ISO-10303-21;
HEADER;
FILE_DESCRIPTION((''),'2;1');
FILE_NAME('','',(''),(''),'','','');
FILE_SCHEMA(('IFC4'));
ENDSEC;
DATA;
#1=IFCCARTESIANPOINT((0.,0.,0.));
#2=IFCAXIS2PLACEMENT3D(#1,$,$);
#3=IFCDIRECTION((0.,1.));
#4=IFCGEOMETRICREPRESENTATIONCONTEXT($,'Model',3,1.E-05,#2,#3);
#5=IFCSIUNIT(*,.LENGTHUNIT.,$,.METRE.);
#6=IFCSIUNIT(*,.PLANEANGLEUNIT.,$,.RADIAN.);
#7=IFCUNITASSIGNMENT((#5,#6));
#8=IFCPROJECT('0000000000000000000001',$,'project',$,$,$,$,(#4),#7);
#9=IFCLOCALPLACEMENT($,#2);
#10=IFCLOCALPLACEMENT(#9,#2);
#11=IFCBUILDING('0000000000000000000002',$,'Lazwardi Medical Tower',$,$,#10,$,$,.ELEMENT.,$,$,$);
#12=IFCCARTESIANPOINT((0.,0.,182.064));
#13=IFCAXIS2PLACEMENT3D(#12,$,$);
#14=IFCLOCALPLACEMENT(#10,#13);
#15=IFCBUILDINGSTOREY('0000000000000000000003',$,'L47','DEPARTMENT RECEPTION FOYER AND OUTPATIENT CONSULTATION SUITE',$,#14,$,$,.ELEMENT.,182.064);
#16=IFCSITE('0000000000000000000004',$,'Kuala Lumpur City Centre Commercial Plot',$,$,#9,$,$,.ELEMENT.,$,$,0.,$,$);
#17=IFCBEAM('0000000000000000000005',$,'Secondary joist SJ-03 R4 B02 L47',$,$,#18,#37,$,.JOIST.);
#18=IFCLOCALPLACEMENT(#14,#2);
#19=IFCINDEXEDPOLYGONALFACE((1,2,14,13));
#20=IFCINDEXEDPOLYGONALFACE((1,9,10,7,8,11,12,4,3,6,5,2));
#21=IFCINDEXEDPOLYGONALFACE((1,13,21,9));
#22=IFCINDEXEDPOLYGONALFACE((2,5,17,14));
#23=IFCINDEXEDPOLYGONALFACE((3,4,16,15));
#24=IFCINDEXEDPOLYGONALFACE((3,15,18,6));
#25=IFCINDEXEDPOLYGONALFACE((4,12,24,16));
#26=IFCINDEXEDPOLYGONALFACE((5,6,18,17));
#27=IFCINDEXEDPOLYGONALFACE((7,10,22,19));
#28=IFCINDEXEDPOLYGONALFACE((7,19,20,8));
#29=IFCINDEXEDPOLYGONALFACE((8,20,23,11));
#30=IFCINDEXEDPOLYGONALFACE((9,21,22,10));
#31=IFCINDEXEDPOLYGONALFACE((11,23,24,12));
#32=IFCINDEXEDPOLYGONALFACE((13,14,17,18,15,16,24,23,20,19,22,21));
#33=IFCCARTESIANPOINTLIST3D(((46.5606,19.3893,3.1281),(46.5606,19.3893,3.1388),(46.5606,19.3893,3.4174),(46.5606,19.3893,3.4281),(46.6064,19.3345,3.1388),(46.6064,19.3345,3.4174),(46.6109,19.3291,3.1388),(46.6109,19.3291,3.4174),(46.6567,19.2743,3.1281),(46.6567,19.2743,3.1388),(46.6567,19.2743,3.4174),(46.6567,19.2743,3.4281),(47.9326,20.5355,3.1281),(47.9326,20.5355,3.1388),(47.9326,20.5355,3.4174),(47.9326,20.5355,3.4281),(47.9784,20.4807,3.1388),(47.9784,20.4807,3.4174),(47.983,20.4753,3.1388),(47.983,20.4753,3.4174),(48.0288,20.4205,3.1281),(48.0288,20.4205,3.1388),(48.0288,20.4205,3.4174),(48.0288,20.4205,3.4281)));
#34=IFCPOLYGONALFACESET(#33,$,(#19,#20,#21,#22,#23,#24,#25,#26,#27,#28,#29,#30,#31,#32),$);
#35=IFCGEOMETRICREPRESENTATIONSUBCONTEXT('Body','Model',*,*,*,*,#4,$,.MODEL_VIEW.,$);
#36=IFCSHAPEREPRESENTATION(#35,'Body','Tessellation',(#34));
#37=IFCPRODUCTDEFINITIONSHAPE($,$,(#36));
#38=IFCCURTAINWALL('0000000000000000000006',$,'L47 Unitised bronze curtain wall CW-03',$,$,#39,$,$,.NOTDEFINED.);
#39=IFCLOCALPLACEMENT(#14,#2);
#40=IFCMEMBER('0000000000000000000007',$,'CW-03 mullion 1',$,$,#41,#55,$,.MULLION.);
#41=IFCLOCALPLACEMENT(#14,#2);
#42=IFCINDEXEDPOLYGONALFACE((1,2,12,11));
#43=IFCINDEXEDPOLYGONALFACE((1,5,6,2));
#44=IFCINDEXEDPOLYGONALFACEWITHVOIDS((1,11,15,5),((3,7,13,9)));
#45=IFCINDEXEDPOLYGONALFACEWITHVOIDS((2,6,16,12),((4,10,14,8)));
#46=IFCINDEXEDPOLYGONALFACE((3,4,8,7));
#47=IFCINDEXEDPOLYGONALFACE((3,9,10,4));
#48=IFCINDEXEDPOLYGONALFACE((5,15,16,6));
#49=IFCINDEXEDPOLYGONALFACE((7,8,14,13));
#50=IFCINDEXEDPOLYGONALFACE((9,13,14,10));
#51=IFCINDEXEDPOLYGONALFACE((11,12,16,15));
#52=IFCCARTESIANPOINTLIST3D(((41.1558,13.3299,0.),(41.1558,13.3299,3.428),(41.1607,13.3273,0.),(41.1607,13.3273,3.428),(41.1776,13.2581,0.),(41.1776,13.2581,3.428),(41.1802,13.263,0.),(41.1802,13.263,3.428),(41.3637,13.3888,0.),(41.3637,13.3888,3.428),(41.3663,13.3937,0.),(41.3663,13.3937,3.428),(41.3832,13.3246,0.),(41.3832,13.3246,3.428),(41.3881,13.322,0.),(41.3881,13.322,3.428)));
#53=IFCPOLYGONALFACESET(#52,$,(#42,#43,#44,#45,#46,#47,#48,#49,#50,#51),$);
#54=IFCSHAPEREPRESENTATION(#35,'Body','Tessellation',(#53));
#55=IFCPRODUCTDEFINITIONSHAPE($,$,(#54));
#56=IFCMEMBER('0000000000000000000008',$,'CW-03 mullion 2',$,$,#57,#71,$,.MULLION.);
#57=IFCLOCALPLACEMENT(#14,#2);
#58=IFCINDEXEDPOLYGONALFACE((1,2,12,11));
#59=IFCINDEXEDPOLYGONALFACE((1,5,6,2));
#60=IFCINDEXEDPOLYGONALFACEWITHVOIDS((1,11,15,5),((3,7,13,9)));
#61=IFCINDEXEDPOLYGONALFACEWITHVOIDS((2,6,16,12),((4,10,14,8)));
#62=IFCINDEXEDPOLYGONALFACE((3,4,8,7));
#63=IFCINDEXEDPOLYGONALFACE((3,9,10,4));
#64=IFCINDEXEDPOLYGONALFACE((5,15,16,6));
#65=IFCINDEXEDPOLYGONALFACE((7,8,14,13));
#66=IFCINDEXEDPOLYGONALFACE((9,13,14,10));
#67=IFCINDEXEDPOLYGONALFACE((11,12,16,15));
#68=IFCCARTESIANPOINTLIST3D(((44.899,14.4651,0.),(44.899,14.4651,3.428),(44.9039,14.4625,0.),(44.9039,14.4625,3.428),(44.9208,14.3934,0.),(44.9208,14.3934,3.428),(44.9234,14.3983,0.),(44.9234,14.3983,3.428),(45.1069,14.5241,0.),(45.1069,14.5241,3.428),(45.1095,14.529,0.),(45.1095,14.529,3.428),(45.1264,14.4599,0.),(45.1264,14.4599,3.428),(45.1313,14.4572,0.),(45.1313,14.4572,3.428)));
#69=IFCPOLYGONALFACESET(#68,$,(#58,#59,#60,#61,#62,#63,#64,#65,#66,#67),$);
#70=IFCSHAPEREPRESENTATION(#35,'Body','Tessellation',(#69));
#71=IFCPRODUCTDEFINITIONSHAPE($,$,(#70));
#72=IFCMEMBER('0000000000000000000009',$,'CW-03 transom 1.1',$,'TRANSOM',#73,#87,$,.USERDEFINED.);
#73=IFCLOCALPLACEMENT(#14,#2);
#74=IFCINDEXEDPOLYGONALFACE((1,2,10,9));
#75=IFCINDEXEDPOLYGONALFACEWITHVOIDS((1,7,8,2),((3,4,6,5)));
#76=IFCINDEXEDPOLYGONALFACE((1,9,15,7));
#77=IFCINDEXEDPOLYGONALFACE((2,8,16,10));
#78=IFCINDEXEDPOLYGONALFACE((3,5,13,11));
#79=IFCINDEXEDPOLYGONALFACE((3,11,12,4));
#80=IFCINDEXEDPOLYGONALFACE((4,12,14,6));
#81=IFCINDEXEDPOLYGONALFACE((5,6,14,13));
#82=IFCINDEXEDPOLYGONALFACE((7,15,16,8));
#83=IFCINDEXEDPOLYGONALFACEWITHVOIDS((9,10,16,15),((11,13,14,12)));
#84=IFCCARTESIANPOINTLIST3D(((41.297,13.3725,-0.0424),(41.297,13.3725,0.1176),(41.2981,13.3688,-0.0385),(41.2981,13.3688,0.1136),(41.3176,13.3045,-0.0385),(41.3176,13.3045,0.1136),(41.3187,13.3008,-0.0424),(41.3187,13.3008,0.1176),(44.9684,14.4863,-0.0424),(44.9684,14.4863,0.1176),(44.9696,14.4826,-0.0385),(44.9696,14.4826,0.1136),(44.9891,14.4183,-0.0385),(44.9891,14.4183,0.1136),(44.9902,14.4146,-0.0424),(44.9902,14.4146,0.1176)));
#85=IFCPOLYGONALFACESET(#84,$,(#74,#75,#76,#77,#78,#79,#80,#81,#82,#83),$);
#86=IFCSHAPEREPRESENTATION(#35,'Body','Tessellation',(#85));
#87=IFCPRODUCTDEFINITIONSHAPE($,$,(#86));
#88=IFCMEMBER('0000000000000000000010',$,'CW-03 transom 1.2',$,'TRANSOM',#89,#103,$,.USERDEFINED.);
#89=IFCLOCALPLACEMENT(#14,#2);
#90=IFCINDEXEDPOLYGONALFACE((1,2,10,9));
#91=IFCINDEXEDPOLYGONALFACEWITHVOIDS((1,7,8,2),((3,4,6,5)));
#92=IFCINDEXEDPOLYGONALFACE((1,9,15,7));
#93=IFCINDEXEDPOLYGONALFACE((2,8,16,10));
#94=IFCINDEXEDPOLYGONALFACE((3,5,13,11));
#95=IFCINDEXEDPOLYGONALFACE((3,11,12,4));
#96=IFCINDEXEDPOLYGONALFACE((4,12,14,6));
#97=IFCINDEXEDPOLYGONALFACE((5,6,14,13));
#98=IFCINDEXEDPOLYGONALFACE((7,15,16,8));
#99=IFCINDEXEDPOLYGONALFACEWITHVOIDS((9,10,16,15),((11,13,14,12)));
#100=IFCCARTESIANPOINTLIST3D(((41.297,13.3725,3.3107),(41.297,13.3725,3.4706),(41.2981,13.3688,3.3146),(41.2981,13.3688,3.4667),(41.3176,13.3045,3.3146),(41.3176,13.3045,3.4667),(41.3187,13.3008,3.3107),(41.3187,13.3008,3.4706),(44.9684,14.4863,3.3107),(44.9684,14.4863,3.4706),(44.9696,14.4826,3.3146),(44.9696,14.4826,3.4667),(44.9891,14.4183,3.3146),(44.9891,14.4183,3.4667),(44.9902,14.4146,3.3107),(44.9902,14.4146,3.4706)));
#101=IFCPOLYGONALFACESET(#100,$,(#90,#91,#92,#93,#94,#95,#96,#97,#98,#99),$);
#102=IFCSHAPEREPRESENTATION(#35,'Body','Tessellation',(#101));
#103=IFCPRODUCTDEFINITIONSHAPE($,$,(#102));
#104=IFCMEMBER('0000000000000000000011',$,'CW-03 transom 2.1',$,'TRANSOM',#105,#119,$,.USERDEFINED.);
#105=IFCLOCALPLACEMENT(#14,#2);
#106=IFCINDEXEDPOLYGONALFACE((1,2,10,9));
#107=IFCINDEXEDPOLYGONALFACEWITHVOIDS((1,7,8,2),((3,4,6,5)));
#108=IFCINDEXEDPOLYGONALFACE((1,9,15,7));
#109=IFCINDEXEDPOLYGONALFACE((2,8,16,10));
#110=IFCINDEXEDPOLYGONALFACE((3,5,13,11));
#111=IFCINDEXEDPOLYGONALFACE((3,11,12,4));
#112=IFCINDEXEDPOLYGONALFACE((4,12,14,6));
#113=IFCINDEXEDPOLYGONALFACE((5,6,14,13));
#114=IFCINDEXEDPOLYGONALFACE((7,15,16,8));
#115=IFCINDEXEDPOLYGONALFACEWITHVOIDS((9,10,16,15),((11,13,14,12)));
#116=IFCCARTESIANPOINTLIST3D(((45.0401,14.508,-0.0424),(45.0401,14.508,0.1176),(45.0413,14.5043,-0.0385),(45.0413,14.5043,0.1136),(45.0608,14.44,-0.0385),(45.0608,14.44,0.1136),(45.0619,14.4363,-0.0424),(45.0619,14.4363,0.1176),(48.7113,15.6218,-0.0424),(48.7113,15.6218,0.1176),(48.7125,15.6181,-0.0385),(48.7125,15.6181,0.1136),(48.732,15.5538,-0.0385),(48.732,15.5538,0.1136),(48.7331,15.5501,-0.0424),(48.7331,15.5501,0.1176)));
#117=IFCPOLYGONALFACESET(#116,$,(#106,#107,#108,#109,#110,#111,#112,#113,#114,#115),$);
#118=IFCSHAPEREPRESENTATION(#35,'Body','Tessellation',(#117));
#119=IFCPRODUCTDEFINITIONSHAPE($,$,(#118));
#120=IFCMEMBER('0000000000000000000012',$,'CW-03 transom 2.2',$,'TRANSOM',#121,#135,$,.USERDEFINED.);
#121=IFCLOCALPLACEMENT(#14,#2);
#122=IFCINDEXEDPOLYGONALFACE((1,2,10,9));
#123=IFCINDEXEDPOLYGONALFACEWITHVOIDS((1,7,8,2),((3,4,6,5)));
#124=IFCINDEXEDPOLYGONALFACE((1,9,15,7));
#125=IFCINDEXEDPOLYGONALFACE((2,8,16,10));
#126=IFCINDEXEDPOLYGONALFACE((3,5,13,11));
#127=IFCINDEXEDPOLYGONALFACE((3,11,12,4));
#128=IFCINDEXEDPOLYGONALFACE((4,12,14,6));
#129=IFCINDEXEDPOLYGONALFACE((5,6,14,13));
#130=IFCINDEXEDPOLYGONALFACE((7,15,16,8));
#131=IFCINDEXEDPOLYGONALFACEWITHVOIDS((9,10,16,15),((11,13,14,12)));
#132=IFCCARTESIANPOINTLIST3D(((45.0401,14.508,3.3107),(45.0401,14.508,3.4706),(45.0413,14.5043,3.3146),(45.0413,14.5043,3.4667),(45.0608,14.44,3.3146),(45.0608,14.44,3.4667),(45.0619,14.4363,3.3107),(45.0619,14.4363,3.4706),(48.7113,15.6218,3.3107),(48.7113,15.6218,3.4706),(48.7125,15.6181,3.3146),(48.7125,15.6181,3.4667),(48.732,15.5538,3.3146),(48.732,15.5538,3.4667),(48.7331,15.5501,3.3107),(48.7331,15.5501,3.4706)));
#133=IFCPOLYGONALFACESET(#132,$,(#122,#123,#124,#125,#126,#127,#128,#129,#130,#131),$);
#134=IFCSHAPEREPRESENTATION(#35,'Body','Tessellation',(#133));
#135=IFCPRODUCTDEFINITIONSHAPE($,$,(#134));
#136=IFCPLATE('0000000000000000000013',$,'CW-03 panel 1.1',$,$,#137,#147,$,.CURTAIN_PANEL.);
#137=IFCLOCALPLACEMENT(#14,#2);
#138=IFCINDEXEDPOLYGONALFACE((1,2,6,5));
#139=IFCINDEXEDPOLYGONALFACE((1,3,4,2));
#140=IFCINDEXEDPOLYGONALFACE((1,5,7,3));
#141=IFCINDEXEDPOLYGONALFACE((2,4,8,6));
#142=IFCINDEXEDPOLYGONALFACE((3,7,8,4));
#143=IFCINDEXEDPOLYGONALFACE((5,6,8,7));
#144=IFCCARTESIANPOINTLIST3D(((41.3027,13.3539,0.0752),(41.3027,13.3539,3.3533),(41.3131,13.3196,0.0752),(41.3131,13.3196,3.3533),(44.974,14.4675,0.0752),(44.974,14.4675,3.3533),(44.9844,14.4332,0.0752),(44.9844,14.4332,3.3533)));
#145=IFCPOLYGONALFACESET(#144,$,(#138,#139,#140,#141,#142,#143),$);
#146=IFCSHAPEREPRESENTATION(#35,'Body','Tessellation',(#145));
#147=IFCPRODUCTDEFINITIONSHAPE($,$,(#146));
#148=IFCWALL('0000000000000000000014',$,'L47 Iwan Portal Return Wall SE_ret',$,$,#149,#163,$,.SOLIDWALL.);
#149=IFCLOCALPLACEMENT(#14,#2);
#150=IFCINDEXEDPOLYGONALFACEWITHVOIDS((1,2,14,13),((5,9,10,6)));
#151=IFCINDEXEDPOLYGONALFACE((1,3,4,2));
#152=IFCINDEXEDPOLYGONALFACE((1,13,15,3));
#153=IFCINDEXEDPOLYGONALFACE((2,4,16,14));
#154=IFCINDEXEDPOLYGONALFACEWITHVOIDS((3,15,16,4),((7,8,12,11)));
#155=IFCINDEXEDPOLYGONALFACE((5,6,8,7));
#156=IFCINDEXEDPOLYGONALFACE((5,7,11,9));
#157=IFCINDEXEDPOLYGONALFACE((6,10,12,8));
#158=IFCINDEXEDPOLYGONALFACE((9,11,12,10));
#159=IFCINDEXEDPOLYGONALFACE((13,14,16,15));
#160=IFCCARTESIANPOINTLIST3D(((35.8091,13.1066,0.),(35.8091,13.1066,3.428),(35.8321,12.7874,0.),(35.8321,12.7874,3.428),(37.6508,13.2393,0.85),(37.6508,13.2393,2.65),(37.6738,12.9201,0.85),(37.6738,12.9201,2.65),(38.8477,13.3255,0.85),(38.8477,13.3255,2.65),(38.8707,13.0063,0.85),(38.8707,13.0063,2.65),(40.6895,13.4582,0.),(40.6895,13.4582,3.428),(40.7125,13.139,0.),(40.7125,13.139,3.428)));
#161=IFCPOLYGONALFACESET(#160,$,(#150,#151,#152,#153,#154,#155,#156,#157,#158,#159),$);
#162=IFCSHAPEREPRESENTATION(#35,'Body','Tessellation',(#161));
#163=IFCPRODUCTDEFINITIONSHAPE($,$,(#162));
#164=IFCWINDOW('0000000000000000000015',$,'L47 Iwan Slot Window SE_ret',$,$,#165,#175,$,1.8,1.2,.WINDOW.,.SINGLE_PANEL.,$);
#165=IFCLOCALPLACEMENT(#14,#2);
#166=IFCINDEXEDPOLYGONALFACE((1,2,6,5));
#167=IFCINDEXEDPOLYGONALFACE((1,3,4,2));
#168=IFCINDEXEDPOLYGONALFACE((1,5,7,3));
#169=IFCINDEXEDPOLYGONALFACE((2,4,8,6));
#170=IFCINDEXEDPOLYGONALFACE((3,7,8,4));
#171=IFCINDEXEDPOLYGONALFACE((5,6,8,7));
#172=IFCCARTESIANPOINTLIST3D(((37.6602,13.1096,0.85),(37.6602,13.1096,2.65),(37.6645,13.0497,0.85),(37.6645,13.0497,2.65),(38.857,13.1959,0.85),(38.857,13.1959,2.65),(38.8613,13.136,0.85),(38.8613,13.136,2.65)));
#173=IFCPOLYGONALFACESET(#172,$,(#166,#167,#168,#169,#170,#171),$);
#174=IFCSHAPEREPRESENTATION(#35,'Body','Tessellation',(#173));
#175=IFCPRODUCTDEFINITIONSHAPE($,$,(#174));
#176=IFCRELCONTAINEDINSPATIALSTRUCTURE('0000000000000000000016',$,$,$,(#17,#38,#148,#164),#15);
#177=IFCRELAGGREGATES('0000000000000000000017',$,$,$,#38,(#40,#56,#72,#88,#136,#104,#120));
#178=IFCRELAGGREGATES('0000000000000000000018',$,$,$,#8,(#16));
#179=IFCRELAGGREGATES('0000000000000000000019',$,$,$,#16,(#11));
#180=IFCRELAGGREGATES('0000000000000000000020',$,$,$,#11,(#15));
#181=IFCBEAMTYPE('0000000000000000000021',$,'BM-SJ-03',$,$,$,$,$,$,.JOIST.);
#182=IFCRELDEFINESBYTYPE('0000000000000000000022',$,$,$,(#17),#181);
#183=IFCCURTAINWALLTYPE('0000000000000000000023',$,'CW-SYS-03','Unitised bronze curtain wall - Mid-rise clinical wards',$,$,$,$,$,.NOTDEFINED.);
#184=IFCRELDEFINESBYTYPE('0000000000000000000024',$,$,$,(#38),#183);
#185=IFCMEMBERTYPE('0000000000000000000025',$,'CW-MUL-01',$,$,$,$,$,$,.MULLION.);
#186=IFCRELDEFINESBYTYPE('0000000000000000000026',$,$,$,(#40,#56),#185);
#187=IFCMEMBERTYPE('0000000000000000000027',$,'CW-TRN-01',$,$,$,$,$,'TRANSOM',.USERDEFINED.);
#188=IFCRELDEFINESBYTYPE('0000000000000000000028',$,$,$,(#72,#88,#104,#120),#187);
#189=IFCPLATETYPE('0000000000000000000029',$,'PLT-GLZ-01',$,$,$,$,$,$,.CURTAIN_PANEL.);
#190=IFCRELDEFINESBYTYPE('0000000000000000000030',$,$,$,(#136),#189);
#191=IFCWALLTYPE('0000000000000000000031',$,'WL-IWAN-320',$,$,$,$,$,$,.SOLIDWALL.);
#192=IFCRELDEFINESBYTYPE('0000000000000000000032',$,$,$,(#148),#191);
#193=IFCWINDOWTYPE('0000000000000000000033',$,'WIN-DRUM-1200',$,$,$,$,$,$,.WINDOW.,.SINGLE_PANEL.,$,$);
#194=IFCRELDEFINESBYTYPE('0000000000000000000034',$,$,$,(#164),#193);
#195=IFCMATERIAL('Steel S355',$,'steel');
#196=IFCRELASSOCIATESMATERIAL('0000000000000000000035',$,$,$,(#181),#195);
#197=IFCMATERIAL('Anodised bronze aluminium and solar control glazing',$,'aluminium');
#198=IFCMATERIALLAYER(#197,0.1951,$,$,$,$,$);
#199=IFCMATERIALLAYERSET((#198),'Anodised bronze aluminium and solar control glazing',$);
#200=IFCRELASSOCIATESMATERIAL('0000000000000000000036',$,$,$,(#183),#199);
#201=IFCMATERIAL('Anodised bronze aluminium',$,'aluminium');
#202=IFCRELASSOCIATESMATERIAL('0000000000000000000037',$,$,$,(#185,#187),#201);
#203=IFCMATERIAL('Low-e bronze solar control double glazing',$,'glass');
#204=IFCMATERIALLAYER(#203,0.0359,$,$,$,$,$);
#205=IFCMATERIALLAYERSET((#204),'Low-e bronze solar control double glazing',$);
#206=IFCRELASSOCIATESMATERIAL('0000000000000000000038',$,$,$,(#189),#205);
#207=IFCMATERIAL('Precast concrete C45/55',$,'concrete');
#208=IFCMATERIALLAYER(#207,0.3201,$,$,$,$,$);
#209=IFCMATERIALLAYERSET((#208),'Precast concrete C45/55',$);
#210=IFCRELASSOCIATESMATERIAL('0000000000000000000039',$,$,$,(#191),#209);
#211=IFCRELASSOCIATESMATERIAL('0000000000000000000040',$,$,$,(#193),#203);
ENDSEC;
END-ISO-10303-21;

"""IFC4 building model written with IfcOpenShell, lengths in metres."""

from ifc_helpers import new_model, si_unit, direction, frame, frame_2d, origin, origin_2d, place, context, subcontext, project, spatial, rectangle, hollow_rectangle, i_section, extrude, material, layer, layer_set, material_profile, profile_set, type_object, element, fill, aggregate, save


model = new_model("IFC4")

# Units and contexts
model_context = context("Model", 3, precision=1e-05, world=origin(), true_north=direction((0.0, 1.0)))
body_context = subcontext(model_context, "Body", "Model", "MODEL_VIEW")
ifc_project = project(units=[si_unit("LENGTHUNIT", "METRE"), si_unit("PLANEANGLEUNIT", "RADIAN")], contexts=[model_context])

# Site, building, storey
site_placement = place(None, origin())
site = spatial("IfcSite", under=ifc_project, at=site_placement, Name="Kuala Lumpur City Centre Commercial Plot", CompositionType="ELEMENT", RefElevation=0.0)
building_placement = place(site_placement, origin())
building = spatial("IfcBuilding", under=site, at=building_placement, Name="Lazwardi Medical Tower", CompositionType="ELEMENT")
storey_placement = place(building_placement, frame((0.0, 0.0, 182.064)))
storey = spatial("IfcBuildingStorey", under=building, at=storey_placement, Name="L47", Description="DEPARTMENT RECEPTION FOYER AND OUTPATIENT CONSULTATION SUITE", CompositionType="ELEMENT", Elevation=182.064)

# Beam
ifc_material_1 = material(Name="Steel S355", Category="steel")
ifc_material_profile_1 = material_profile(ifc_material_1, i_section(OverallWidth=0.1499, OverallDepth=0.3, WebThickness=0.0071, FlangeThickness=0.0107, at=origin_2d()), Name="IPE 300")
ifc_profile_set_1 = profile_set([ifc_material_profile_1], Name="Steel S355")
beam_type_1 = type_object("IfcBeamType", Name="BM-SJ-03", PredefinedType="JOIST", material=ifc_profile_set_1)
beam_1_placement = place(storey_placement, frame((46.6086, 19.3318, 3.2781), z_axis=(0.767437, 0.641124, 0.0), x_axis=(-0.641124, 0.767437, 0.0)))
element("IfcBeam", 1, at=beam_1_placement, inside=storey, type_object=beam_type_1, Name="Secondary joist SJ-03 R4 B02 L47", PredefinedType="JOIST", context=body_context, shape_type="SweptSolid", body=[
    extrude(i_section(OverallWidth=0.1499, OverallDepth=0.3, WebThickness=0.0071, FlangeThickness=0.0107, at=origin_2d()), origin(), (0.0, 0.0, 1.0), 1.7878),
])

# Curtain wall, members, plate
ifc_material_2 = material(Name="Anodised bronze aluminium and solar control glazing", Category="aluminium")
ifc_layer_1 = layer(ifc_material_2, 0.1951)
ifc_layer_set_1 = layer_set([ifc_layer_1], Name="Anodised bronze aluminium and solar control glazing")
curtain_wall_type = type_object("IfcCurtainWallType", Name="CW-SYS-03", Description="Unitised bronze curtain wall - Mid-rise clinical wards", PredefinedType="NOTDEFINED", material=ifc_layer_set_1)
curtain_wall_placement = place(storey_placement, origin())
curtain_wall = element("IfcCurtainWall", 2, at=curtain_wall_placement, inside=storey, type_object=curtain_wall_type, Name="L47 Unitised bronze curtain wall CW-03", PredefinedType="NOTDEFINED")
ifc_material_3 = material(Name="Anodised bronze aluminium", Category="aluminium")
ifc_material_profile_2 = material_profile(ifc_material_3, hollow_rectangle(XDim=0.075, YDim=0.22, WallThickness=0.0039, at=origin_2d()), Name="ALU-MULLION 220x75x4")
ifc_profile_set_2 = profile_set([ifc_material_profile_2], Name="Anodised bronze aluminium")
member_type_1 = type_object("IfcMemberType", Name="CW-MUL-01", PredefinedType="MULLION", material=ifc_profile_set_2)
member_1_placement = place(storey_placement, frame((41.272, 13.3259, 0.0), z_axis=(0.0, 0.0, 1.0), x_axis=(-0.290281, 0.956942, 0.0)))
member_1 = element("IfcMember", 3, at=member_1_placement, type_object=member_type_1, Name="CW-03 mullion 1", PredefinedType="MULLION", context=body_context, shape_type="SweptSolid", body=[
    extrude(hollow_rectangle(XDim=0.075, YDim=0.22, WallThickness=0.0039, at=origin_2d()), origin(), (0.0, 0.0, 1.0), 3.428),
])
member_2_placement = place(storey_placement, frame((45.0151, 14.4612, 0.0), z_axis=(0.0, 0.0, 1.0), x_axis=(-0.290281, 0.956942, 0.0)))
member_2 = element("IfcMember", 4, at=member_2_placement, type_object=member_type_1, Name="CW-03 mullion 2", PredefinedType="MULLION", context=body_context, shape_type="SweptSolid", body=[
    extrude(hollow_rectangle(XDim=0.075, YDim=0.22, WallThickness=0.0039, at=origin_2d()), origin(), (0.0, 0.0, 1.0), 3.428),
])
ifc_material_profile_3 = material_profile(ifc_material_3, hollow_rectangle(XDim=0.075, YDim=0.1599, WallThickness=0.0039, at=origin_2d()), Name="ALU-TRANSOM 160x75x4")
ifc_profile_set_3 = profile_set([ifc_material_profile_3], Name="Anodised bronze aluminium")
member_type_2 = type_object("IfcMemberType", Name="CW-TRN-01", ElementType="TRANSOM", PredefinedType="USERDEFINED", material=ifc_profile_set_3)
member_3_placement = place(storey_placement, frame((41.3079, 13.3367, 0.0376), z_axis=(0.956936, 0.290301, 0.0), x_axis=(-0.290301, 0.956936, 0.0)))
member_3 = element("IfcMember", 5, at=member_3_placement, type_object=member_type_2, Name="CW-03 transom 1.1", ObjectType="TRANSOM", PredefinedType="USERDEFINED", context=body_context, shape_type="SweptSolid", body=[
    extrude(hollow_rectangle(XDim=0.075, YDim=0.1599, WallThickness=0.0039, at=origin_2d()), origin(), (0.0, 0.0, 1.0), 3.8367),
])
member_4_placement = place(storey_placement, frame((41.3079, 13.3367, 3.3906), z_axis=(0.956936, 0.290301, 0.0), x_axis=(-0.290301, 0.956936, 0.0)))
member_4 = element("IfcMember", 6, at=member_4_placement, type_object=member_type_2, Name="CW-03 transom 1.2", ObjectType="TRANSOM", PredefinedType="USERDEFINED", context=body_context, shape_type="SweptSolid", body=[
    extrude(hollow_rectangle(XDim=0.075, YDim=0.1599, WallThickness=0.0039, at=origin_2d()), origin(), (0.0, 0.0, 1.0), 3.8367),
])
member_5_placement = place(storey_placement, frame((45.051, 14.4722, 0.0376), z_axis=(0.95693, 0.290318, 0.0), x_axis=(-0.290318, 0.95693, 0.0)))
member_5 = element("IfcMember", 7, at=member_5_placement, type_object=member_type_2, Name="CW-03 transom 2.1", ObjectType="TRANSOM", PredefinedType="USERDEFINED", context=body_context, shape_type="SweptSolid", body=[
    extrude(hollow_rectangle(XDim=0.075, YDim=0.1599, WallThickness=0.0039, at=origin_2d()), origin(), (0.0, 0.0, 1.0), 3.8364),
])
member_6_placement = place(storey_placement, frame((45.051, 14.4722, 3.3906), z_axis=(0.95693, 0.290318, 0.0), x_axis=(-0.290318, 0.95693, 0.0)))
member_6 = element("IfcMember", 8, at=member_6_placement, type_object=member_type_2, Name="CW-03 transom 2.2", ObjectType="TRANSOM", PredefinedType="USERDEFINED", context=body_context, shape_type="SweptSolid", body=[
    extrude(hollow_rectangle(XDim=0.075, YDim=0.1599, WallThickness=0.0039, at=origin_2d()), origin(), (0.0, 0.0, 1.0), 3.8364),
])
ifc_material_4 = material(Name="Low-e bronze solar control double glazing", Category="glass")
ifc_layer_2 = layer(ifc_material_4, 0.0359)
ifc_layer_set_2 = layer_set([ifc_layer_2], Name="Low-e bronze solar control double glazing")
plate_type = type_object("IfcPlateType", Name="PLT-GLZ-01", PredefinedType="CURTAIN_PANEL", material=ifc_layer_set_2)
plate_placement = place(storey_placement, frame((43.1436, 13.8936, 0.0752), z_axis=(0.0, 0.0, 1.0), x_axis=(0.956942, 0.290281, 0.0)))
plate = element("IfcPlate", 9, at=plate_placement, type_object=plate_type, Name="CW-03 panel 1.1", PredefinedType="CURTAIN_PANEL", context=body_context, shape_type="SweptSolid", body=[
    extrude(rectangle(XDim=3.8364, YDim=0.0359, at=origin_2d()), origin(), (0.0, 0.0, 1.0), 3.2781),
])
aggregate(curtain_wall, [member_1, member_2, member_3, member_4, plate, member_5, member_6])

# Wall, opening, window
ifc_material_5 = material(Name="Precast concrete C45/55", Category="concrete")
ifc_layer_3 = layer(ifc_material_5, 0.3201)
ifc_layer_set_3 = layer_set([ifc_layer_3], Name="Precast concrete C45/55")
wall_type = type_object("IfcWallType", Name="WL-IWAN-320", PredefinedType="SOLIDWALL", material=ifc_layer_set_3)
wall_1_placement = place(storey_placement, frame((35.8206, 12.947, 0.0), z_axis=(0.0, 0.0, 1.0), x_axis=(0.997415, 0.07185, 0.0)))
wall_1 = element("IfcWall", 10, at=wall_1_placement, inside=storey, type_object=wall_type, Name="L47 Iwan Portal Return Wall SE_ret", PredefinedType="SOLIDWALL", context=body_context, shape_type="SweptSolid", body=[
    extrude(rectangle(XDim=4.8931, YDim=0.3201, at=frame_2d((2.4465, 0.0))), origin(), (0.0, 0.0, 1.0), 3.428),
])
opening_1_placement = place(wall_1_placement, frame((1.8464, 0.0, 0.8501)))
opening_1 = element("IfcOpeningElement", 11, at=opening_1_placement, cuts=wall_1, PredefinedType="OPENING", context=body_context, shape_type="SweptSolid", body=[
    extrude(rectangle(XDim=1.2, YDim=1.8, at=frame_2d((0.6001, 0.8999))), frame((0.0, 0.1699, 0.0), z_axis=(0.0, -1.0, 0.0), x_axis=(1.0, 0.0, 0.0)), (0.0, 0.0, 1.0), 0.3401),
])
window_type_1 = type_object("IfcWindowType", Name="WIN-DRUM-1200", PartitioningType="SINGLE_PANEL", PredefinedType="WINDOW", material=ifc_material_4)
window_1_placement = place(opening_1_placement, origin())
window_1 = element("IfcWindow", 12, at=window_1_placement, inside=storey, type_object=window_type_1, Name="L47 Iwan Slot Window SE_ret", OverallHeight=1.8, OverallWidth=1.2, PartitioningType="SINGLE_PANEL", PredefinedType="WINDOW", context=body_context, shape_type="SweptSolid", body=[
    extrude(rectangle(XDim=1.2, YDim=1.8, at=frame_2d((0.6001, 0.8999))), frame((0.0, 0.03, 0.0), z_axis=(0.0, -1.0, 0.0), x_axis=(1.0, 0.0, 0.0)), (0.0, 0.0, 1.0), 0.0601),
])
fill(opening_1, window_1)

save(model, "model.ifc")
